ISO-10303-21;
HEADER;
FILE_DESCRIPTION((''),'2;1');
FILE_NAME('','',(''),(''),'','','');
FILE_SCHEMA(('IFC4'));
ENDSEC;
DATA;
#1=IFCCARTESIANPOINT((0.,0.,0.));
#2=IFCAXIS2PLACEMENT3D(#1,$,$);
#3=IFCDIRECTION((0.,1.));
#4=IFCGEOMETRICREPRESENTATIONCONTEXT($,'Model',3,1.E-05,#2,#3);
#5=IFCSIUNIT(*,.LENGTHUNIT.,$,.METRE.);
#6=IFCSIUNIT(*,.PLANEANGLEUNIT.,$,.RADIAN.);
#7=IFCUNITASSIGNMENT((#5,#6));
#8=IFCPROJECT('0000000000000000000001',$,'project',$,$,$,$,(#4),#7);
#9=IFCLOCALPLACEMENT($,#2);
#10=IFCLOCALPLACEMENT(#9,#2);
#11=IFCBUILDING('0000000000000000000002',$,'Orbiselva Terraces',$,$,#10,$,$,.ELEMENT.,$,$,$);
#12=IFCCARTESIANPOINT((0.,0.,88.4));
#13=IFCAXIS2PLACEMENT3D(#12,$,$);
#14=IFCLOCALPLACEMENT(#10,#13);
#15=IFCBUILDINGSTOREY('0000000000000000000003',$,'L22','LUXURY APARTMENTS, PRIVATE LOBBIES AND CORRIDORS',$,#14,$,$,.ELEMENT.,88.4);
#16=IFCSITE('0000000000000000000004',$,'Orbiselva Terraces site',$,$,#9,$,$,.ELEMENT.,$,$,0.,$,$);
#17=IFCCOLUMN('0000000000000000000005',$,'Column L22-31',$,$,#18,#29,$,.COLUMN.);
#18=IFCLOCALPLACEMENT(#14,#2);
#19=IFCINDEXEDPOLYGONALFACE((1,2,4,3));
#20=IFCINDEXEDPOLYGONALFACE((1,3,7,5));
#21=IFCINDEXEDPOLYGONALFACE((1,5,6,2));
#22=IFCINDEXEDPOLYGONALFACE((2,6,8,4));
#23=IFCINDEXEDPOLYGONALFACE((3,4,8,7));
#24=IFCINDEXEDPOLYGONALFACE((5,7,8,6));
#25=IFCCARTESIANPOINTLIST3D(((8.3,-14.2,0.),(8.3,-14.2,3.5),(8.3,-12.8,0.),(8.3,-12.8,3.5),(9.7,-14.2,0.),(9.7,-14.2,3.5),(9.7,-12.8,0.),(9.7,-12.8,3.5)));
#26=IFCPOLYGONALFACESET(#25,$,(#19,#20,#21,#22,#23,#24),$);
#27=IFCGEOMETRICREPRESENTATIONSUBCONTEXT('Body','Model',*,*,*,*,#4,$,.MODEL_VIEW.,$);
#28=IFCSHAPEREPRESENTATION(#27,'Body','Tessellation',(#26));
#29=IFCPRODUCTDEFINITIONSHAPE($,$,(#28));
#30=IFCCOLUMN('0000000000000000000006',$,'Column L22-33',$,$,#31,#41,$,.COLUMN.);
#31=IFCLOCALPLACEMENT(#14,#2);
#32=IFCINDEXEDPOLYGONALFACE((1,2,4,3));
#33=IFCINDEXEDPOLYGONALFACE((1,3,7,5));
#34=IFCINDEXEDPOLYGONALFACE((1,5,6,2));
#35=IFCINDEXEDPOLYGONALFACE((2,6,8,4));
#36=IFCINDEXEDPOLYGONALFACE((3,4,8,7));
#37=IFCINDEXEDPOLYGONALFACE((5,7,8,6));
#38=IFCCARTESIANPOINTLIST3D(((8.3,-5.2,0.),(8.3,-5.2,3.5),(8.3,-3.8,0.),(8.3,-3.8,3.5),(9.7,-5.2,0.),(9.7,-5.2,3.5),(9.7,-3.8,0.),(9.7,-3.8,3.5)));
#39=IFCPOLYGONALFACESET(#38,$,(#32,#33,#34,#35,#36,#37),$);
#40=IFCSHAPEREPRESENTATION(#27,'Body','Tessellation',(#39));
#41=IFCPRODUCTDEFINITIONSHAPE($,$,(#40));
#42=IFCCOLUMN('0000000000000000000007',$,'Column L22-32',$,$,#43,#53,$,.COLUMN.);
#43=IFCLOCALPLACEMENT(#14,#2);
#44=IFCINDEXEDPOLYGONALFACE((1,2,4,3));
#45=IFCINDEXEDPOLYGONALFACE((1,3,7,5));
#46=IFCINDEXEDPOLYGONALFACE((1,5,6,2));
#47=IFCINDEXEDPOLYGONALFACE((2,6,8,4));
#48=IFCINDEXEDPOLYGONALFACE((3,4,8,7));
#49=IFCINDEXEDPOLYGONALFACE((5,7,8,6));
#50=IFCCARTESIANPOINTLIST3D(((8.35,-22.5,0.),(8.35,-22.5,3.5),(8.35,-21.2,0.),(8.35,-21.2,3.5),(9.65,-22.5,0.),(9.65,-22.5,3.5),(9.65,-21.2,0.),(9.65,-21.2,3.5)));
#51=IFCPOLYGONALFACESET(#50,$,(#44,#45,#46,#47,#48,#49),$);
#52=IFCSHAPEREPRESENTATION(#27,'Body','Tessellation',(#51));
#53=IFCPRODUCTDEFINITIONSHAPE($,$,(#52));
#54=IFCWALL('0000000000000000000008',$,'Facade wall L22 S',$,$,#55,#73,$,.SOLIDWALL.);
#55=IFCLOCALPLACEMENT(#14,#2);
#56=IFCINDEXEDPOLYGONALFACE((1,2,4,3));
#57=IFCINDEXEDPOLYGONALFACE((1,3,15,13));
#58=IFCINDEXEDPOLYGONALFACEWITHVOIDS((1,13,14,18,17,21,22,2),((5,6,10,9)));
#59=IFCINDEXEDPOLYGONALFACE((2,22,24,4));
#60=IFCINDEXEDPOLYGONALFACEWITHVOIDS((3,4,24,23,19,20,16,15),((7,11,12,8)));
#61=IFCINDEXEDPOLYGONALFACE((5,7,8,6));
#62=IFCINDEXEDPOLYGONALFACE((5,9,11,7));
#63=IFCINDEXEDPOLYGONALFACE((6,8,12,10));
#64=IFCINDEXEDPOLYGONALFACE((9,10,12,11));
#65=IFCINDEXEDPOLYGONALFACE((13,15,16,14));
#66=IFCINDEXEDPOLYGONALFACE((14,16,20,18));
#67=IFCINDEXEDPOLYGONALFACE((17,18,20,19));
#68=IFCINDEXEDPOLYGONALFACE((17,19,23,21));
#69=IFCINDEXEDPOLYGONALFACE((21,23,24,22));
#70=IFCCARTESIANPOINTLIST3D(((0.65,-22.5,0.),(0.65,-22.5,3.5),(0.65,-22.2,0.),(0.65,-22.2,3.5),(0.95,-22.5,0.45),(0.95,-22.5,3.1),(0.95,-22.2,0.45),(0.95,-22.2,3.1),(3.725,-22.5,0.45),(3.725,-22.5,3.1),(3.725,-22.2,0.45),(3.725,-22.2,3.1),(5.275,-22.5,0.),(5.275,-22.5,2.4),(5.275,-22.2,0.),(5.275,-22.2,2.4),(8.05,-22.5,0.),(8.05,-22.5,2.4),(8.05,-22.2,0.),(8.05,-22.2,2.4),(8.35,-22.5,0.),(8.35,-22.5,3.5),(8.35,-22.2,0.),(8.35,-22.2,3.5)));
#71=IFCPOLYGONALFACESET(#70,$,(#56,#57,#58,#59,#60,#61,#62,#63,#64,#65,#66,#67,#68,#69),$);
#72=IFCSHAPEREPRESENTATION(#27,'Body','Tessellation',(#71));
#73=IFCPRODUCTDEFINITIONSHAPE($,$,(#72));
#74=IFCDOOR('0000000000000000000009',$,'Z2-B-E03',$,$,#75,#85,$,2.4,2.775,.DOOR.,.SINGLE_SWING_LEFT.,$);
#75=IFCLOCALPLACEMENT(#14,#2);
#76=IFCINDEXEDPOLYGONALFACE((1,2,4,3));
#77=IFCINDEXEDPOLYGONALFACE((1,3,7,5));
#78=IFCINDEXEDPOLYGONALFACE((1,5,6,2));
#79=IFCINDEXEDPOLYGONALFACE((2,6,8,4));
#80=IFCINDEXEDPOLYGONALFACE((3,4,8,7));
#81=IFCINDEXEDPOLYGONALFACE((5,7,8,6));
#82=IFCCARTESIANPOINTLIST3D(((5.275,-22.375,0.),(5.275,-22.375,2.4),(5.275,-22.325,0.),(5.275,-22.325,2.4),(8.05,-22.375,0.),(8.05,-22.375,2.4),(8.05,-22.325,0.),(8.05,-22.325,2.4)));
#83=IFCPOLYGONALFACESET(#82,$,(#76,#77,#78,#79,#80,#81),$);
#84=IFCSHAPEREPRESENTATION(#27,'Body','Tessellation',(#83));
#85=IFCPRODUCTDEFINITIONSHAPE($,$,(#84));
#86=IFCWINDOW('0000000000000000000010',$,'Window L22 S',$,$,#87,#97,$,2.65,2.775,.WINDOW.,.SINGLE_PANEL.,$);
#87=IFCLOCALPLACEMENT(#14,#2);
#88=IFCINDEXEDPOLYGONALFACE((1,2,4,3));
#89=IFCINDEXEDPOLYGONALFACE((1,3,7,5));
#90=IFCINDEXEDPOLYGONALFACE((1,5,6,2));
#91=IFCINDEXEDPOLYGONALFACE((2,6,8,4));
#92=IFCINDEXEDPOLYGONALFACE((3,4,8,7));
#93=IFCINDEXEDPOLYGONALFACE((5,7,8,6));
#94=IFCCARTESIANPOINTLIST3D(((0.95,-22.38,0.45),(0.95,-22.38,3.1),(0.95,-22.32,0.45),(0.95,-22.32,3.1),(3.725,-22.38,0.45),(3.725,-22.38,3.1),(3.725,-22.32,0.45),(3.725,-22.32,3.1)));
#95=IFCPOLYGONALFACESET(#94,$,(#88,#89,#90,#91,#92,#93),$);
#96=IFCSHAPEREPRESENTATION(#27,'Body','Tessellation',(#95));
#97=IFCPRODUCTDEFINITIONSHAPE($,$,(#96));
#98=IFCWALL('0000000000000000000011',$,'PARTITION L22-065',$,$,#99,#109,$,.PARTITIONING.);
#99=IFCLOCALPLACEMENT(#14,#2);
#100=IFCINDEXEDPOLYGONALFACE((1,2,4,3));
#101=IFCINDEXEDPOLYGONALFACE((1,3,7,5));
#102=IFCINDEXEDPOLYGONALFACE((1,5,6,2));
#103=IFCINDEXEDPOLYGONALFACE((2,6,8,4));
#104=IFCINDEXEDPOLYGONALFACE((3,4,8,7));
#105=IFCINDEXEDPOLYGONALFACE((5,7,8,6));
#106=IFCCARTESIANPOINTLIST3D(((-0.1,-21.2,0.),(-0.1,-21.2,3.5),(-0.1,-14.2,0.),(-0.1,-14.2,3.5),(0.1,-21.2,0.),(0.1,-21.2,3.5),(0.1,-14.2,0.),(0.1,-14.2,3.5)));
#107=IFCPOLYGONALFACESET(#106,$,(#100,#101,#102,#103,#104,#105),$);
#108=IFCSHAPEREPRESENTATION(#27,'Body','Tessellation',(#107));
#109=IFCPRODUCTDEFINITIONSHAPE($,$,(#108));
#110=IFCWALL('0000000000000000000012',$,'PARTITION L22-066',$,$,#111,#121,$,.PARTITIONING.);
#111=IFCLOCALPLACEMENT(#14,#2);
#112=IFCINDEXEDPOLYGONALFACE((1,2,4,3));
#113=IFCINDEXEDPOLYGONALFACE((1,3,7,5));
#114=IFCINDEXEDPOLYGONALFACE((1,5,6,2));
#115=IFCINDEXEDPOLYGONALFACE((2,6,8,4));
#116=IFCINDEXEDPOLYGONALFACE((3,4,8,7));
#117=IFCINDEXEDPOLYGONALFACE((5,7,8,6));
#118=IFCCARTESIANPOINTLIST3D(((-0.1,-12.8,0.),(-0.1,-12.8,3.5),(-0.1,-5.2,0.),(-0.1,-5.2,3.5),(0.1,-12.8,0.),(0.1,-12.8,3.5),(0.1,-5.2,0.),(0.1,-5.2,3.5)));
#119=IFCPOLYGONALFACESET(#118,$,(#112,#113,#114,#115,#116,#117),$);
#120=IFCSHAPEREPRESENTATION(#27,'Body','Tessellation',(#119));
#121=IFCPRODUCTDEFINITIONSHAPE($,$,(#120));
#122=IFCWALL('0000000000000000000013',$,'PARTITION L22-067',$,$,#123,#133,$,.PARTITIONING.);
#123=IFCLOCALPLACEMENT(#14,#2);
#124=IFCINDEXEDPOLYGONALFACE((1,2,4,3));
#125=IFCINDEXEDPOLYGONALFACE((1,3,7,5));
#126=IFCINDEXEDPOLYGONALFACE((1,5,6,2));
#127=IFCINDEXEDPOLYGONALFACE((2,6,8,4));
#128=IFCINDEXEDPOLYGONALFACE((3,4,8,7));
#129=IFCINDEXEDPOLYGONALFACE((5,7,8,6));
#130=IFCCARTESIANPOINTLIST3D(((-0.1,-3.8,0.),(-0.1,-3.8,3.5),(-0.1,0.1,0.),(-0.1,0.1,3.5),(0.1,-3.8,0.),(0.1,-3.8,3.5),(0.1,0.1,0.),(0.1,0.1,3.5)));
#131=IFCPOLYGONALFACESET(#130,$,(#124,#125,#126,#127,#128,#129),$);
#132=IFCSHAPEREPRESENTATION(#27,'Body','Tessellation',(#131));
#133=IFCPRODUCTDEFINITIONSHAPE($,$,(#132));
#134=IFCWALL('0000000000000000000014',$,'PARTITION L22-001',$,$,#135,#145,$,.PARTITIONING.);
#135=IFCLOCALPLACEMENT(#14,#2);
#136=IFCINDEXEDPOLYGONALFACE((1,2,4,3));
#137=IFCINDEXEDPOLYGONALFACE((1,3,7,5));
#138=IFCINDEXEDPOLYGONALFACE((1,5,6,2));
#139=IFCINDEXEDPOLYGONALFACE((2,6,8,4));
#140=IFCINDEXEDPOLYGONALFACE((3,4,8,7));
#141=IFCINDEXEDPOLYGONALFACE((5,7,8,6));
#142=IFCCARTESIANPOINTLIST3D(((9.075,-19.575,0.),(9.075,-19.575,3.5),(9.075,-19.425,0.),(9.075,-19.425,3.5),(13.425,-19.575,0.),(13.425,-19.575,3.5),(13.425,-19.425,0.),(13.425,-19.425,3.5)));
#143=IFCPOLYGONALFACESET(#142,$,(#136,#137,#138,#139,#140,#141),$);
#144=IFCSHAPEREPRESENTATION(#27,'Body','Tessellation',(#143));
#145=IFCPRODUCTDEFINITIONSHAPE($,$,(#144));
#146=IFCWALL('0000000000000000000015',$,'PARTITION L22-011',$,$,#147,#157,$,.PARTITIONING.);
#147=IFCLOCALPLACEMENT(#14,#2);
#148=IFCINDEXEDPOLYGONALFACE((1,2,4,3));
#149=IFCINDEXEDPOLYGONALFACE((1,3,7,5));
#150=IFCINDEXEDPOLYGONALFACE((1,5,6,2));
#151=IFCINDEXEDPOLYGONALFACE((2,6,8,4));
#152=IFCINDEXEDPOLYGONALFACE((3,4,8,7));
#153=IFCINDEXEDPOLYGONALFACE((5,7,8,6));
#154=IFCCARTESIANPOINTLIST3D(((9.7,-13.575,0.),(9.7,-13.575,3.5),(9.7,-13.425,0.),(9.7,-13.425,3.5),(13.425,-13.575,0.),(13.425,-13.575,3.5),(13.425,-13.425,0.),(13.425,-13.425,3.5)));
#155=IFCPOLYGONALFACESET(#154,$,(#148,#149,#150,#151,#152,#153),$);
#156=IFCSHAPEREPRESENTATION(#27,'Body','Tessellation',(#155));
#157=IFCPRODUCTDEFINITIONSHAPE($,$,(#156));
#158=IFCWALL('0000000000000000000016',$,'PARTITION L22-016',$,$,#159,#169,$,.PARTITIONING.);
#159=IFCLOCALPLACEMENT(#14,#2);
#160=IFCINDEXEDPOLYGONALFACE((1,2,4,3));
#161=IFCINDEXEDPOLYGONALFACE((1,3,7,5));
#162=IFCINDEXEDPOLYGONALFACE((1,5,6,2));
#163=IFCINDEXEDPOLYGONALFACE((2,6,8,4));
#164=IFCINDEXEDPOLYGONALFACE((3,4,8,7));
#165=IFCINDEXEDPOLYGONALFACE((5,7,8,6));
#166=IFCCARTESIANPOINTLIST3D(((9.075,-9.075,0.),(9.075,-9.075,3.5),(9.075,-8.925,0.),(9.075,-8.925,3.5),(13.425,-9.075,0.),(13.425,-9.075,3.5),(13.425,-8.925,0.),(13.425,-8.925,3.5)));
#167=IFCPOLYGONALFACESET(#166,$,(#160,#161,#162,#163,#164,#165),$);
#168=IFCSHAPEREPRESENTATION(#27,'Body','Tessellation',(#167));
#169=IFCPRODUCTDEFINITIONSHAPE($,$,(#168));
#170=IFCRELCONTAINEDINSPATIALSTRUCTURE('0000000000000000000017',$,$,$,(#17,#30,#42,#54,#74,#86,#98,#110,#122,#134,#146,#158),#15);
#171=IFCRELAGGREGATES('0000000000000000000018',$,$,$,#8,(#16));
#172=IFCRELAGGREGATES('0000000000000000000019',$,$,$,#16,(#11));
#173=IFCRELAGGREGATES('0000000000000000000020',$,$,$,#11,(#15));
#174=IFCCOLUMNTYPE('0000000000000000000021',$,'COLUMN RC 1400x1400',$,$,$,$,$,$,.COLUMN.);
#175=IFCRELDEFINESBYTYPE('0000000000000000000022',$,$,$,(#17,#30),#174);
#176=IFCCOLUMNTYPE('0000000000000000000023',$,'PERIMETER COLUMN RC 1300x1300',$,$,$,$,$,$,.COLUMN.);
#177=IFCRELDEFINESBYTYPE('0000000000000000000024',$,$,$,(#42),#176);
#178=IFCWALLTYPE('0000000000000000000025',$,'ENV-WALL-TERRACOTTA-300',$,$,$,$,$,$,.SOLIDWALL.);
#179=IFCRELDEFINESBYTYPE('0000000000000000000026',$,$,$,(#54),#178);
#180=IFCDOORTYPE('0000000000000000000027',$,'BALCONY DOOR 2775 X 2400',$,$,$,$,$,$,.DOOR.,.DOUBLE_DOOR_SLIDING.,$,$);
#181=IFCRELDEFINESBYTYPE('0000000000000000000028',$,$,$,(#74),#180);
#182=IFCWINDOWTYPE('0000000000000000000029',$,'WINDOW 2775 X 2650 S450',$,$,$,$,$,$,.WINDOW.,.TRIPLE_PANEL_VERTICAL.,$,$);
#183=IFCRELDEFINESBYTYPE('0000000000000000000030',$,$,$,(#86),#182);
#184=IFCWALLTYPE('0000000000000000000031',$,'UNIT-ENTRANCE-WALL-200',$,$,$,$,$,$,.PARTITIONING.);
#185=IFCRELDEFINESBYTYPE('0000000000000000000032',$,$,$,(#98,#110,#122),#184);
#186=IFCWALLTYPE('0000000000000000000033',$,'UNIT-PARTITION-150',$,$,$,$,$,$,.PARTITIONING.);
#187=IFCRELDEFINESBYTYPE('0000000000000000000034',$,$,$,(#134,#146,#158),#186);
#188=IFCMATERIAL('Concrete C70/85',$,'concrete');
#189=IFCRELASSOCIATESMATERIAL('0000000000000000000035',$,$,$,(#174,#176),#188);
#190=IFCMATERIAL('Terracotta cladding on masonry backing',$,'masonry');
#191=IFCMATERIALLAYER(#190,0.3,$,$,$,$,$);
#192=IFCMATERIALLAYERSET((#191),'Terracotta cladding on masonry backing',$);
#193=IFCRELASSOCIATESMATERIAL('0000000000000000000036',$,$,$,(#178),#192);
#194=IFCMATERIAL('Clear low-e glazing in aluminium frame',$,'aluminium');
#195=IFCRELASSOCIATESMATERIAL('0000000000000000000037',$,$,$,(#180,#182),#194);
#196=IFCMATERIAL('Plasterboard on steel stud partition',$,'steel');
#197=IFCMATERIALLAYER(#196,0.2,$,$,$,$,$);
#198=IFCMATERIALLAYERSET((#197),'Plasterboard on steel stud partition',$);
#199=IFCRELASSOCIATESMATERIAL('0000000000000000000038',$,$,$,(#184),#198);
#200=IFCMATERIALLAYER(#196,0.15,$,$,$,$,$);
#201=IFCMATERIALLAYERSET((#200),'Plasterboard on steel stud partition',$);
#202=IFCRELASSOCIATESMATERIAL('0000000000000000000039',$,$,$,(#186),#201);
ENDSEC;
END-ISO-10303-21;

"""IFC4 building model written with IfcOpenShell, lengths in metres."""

from ifc_helpers import new_model, si_unit, direction, frame, frame_2d, origin, origin_2d, place, context, subcontext, project, spatial, rectangle, extrude, material, layer, layer_set, material_profile, profile_set, type_object, element, fill, save


model = new_model("IFC4")

# Units and contexts
model_context = context("Model", 3, precision=1e-05, world=origin(), true_north=direction((0.0, 1.0)))
body_context = subcontext(model_context, "Body", "Model", "MODEL_VIEW")
ifc_project = project(units=[si_unit("LENGTHUNIT", "METRE"), si_unit("PLANEANGLEUNIT", "RADIAN")], contexts=[model_context])

# Site, building, storey
site_placement = place(None, origin())
site = spatial("IfcSite", under=ifc_project, at=site_placement, Name="Orbiselva Terraces site", CompositionType="ELEMENT", RefElevation=0.0)
building_placement = place(site_placement, origin())
building = spatial("IfcBuilding", under=site, at=building_placement, Name="Orbiselva Terraces", CompositionType="ELEMENT")
storey_placement = place(building_placement, frame((0.0, 0.0, 88.4)))
storey = spatial("IfcBuildingStorey", under=building, at=storey_placement, Name="L22", Description="LUXURY APARTMENTS, PRIVATE LOBBIES AND CORRIDORS", CompositionType="ELEMENT", Elevation=88.4)

# Columns
ifc_material_1 = material(Name="Concrete C70/85", Category="concrete")
ifc_material_profile_1 = material_profile(ifc_material_1, rectangle(XDim=1.4, YDim=1.4, at=origin_2d()), Name="RC 1400x1400")
ifc_profile_set_1 = profile_set([ifc_material_profile_1], Name="Concrete C70/85")
column_type_1 = type_object("IfcColumnType", Name="COLUMN RC 1400x1400", PredefinedType="COLUMN", material=ifc_profile_set_1)
for number, where, z_axis, x_axis, name in (
    (1, (9.0, -13.5, 0.0), (0.0, 0.0, 1.0), (1.0, 0.0, 0.0), "Column L22-31"),
    (2, (9.0, -4.5, 0.0), (0.0, 0.0, 1.0), (1.0, 0.0, 0.0), "Column L22-33"),
):
    element("IfcColumn", number, at=place(storey_placement, frame(where, z_axis=z_axis, x_axis=x_axis)), inside=storey, type_object=column_type_1, Name=name, PredefinedType="COLUMN", context=body_context, shape_type="SweptSolid", body=[
        extrude(rectangle(XDim=1.4, YDim=1.4, at=origin_2d()), origin(), (0.0, 0.0, 1.0), 3.5),
    ])
ifc_material_profile_2 = material_profile(ifc_material_1, rectangle(XDim=1.3, YDim=1.3, at=origin_2d()), Name="RC 1300x1300")
ifc_profile_set_2 = profile_set([ifc_material_profile_2], Name="Concrete C70/85")
column_type_2 = type_object("IfcColumnType", Name="PERIMETER COLUMN RC 1300x1300", PredefinedType="COLUMN", material=ifc_profile_set_2)
column_placement = place(storey_placement, frame((9.0, -21.85, 0.0), z_axis=(0.0, 0.0, 1.0), x_axis=(1.0, 0.0, 0.0)))
element("IfcColumn", 3, at=column_placement, inside=storey, type_object=column_type_2, Name="Column L22-32", PredefinedType="COLUMN", context=body_context, shape_type="SweptSolid", body=[
    extrude(rectangle(XDim=1.3, YDim=1.3, at=origin_2d()), origin(), (0.0, 0.0, 1.0), 3.5),
])

# Wall, openings, door, window
ifc_material_2 = material(Name="Terracotta cladding on masonry backing", Category="masonry")
ifc_layer_1 = layer(ifc_material_2, 0.3)
ifc_layer_set_1 = layer_set([ifc_layer_1], Name="Terracotta cladding on masonry backing")
wall_type_1 = type_object("IfcWallType", Name="ENV-WALL-TERRACOTTA-300", PredefinedType="SOLIDWALL", material=ifc_layer_set_1)
wall_1_placement = place(storey_placement, frame((8.35, -22.35, 0.0), z_axis=(0.0, 0.0, 1.0), x_axis=(-1.0, 0.0, 0.0)))
wall_1 = element("IfcWall", 4, at=wall_1_placement, inside=storey, type_object=wall_type_1, Name="Facade wall L22 S", PredefinedType="SOLIDWALL", context=body_context, shape_type="SweptSolid", body=[
    extrude(rectangle(XDim=7.7, YDim=0.3, at=frame_2d((3.85, 0.0))), origin(), (0.0, 0.0, 1.0), 3.5),
])
opening_1_placement = place(wall_1_placement, frame((4.625, 0.0, 0.45)))
opening_1 = element("IfcOpeningElement", 5, at=opening_1_placement, cuts=wall_1, PredefinedType="OPENING", context=body_context, shape_type="SweptSolid", body=[
    extrude(rectangle(XDim=2.775, YDim=2.65, at=frame_2d((1.3875, 1.325))), frame((0.0, 0.16, 0.0), z_axis=(0.0, -1.0, 0.0), x_axis=(1.0, 0.0, 0.0)), (0.0, 0.0, 1.0), 0.32),
])
opening_2_placement = place(wall_1_placement, frame((0.3, 0.0, 0.0)))
opening_2 = element("IfcOpeningElement", 6, at=opening_2_placement, cuts=wall_1, PredefinedType="OPENING", context=body_context, shape_type="SweptSolid", body=[
    extrude(rectangle(XDim=2.775, YDim=2.4, at=frame_2d((1.3875, 1.2))), frame((0.0, 0.16, 0.0), z_axis=(0.0, -1.0, 0.0), x_axis=(1.0, 0.0, 0.0)), (0.0, 0.0, 1.0), 0.32),
])
ifc_material_3 = material(Name="Clear low-e glazing in aluminium frame", Category="aluminium")
door_type_1 = type_object("IfcDoorType", Name="BALCONY DOOR 2775 X 2400", OperationType="DOUBLE_DOOR_SLIDING", PredefinedType="DOOR", material=ifc_material_3)
door_1_placement = place(opening_2_placement, origin())
door_1 = element("IfcDoor", 7, at=door_1_placement, inside=storey, type_object=door_type_1, Name="Z2-B-E03", OperationType="SINGLE_SWING_LEFT", OverallHeight=2.4, OverallWidth=2.775, PredefinedType="DOOR", context=body_context, shape_type="SweptSolid", body=[
    extrude(rectangle(XDim=2.775, YDim=2.4, at=frame_2d((1.3875, 1.2))), frame((0.0, 0.025, 0.0), z_axis=(0.0, -1.0, 0.0), x_axis=(1.0, 0.0, 0.0)), (0.0, 0.0, 1.0), 0.05),
])
fill(opening_2, door_1)
window_type = type_object("IfcWindowType", Name="WINDOW 2775 X 2650 S450", PartitioningType="TRIPLE_PANEL_VERTICAL", PredefinedType="WINDOW", material=ifc_material_3)
window_placement = place(opening_1_placement, origin())
window = element("IfcWindow", 8, at=window_placement, inside=storey, type_object=window_type, Name="Window L22 S", OverallHeight=2.65, OverallWidth=2.775, PartitioningType="SINGLE_PANEL", PredefinedType="WINDOW", context=body_context, shape_type="SweptSolid", body=[
    extrude(rectangle(XDim=2.775, YDim=2.65, at=frame_2d((1.3875, 1.325))), frame((0.0, 0.03, 0.0), z_axis=(0.0, -1.0, 0.0), x_axis=(1.0, 0.0, 0.0)), (0.0, 0.0, 1.0), 0.06),
])
fill(opening_1, window)

# Walls
ifc_material_4 = material(Name="Plasterboard on steel stud partition", Category="steel")
ifc_layer_2 = layer(ifc_material_4, 0.2)
ifc_layer_set_2 = layer_set([ifc_layer_2], Name="Plasterboard on steel stud partition")
wall_type_2 = type_object("IfcWallType", Name="UNIT-ENTRANCE-WALL-200", PredefinedType="PARTITIONING", material=ifc_layer_set_2)
wall_2_placement = place(storey_placement, frame((0.0, -21.2, 0.0), z_axis=(0.0, 0.0, 1.0), x_axis=(0.0, 1.0, 0.0)))
element("IfcWall", 9, at=wall_2_placement, inside=storey, type_object=wall_type_2, Name="PARTITION L22-065", PredefinedType="PARTITIONING", context=body_context, shape_type="SweptSolid", body=[
    extrude(rectangle(XDim=7.0, YDim=0.2, at=frame_2d((3.5, 0.0))), origin(), (0.0, 0.0, 1.0), 3.5),
])
wall_3_placement = place(storey_placement, frame((0.0, -12.8, 0.0), z_axis=(0.0, 0.0, 1.0), x_axis=(0.0, 1.0, 0.0)))
element("IfcWall", 10, at=wall_3_placement, inside=storey, type_object=wall_type_2, Name="PARTITION L22-066", PredefinedType="PARTITIONING", context=body_context, shape_type="SweptSolid", body=[
    extrude(rectangle(XDim=7.6, YDim=0.2, at=frame_2d((3.8, 0.0))), origin(), (0.0, 0.0, 1.0), 3.5),
])
wall_4_placement = place(storey_placement, frame((0.0, -3.8, 0.0), z_axis=(0.0, 0.0, 1.0), x_axis=(0.0, 1.0, 0.0)))
element("IfcWall", 11, at=wall_4_placement, inside=storey, type_object=wall_type_2, Name="PARTITION L22-067", PredefinedType="PARTITIONING", context=body_context, shape_type="SweptSolid", body=[
    extrude(rectangle(XDim=3.9, YDim=0.2, at=frame_2d((1.95, 0.0))), origin(), (0.0, 0.0, 1.0), 3.5),
])
ifc_layer_3 = layer(ifc_material_4, 0.15)
ifc_layer_set_3 = layer_set([ifc_layer_3], Name="Plasterboard on steel stud partition")
wall_type_3 = type_object("IfcWallType", Name="UNIT-PARTITION-150", PredefinedType="PARTITIONING", material=ifc_layer_set_3)
wall_5_placement = place(storey_placement, frame((9.075, -19.5, 0.0), z_axis=(0.0, 0.0, 1.0), x_axis=(1.0, 0.0, 0.0)))
element("IfcWall", 12, at=wall_5_placement, inside=storey, type_object=wall_type_3, Name="PARTITION L22-001", PredefinedType="PARTITIONING", context=body_context, shape_type="SweptSolid", body=[
    extrude(rectangle(XDim=4.35, YDim=0.15, at=frame_2d((2.175, 0.0))), origin(), (0.0, 0.0, 1.0), 3.5),
])
wall_6_placement = place(storey_placement, frame((9.7, -13.5, 0.0), z_axis=(0.0, 0.0, 1.0), x_axis=(1.0, 0.0, 0.0)))
element("IfcWall", 13, at=wall_6_placement, inside=storey, type_object=wall_type_3, Name="PARTITION L22-011", PredefinedType="PARTITIONING", context=body_context, shape_type="SweptSolid", body=[
    extrude(rectangle(XDim=3.725, YDim=0.15, at=frame_2d((1.8625, 0.0))), origin(), (0.0, 0.0, 1.0), 3.5),
])
wall_7_placement = place(storey_placement, frame((9.075, -9.0, 0.0), z_axis=(0.0, 0.0, 1.0), x_axis=(1.0, 0.0, 0.0)))
element("IfcWall", 14, at=wall_7_placement, inside=storey, type_object=wall_type_3, Name="PARTITION L22-016", PredefinedType="PARTITIONING", context=body_context, shape_type="SweptSolid", body=[
    extrude(rectangle(XDim=4.35, YDim=0.15, at=frame_2d((2.175, 0.0))), origin(), (0.0, 0.0, 1.0), 3.5),
])

save(model, "model.ifc")
